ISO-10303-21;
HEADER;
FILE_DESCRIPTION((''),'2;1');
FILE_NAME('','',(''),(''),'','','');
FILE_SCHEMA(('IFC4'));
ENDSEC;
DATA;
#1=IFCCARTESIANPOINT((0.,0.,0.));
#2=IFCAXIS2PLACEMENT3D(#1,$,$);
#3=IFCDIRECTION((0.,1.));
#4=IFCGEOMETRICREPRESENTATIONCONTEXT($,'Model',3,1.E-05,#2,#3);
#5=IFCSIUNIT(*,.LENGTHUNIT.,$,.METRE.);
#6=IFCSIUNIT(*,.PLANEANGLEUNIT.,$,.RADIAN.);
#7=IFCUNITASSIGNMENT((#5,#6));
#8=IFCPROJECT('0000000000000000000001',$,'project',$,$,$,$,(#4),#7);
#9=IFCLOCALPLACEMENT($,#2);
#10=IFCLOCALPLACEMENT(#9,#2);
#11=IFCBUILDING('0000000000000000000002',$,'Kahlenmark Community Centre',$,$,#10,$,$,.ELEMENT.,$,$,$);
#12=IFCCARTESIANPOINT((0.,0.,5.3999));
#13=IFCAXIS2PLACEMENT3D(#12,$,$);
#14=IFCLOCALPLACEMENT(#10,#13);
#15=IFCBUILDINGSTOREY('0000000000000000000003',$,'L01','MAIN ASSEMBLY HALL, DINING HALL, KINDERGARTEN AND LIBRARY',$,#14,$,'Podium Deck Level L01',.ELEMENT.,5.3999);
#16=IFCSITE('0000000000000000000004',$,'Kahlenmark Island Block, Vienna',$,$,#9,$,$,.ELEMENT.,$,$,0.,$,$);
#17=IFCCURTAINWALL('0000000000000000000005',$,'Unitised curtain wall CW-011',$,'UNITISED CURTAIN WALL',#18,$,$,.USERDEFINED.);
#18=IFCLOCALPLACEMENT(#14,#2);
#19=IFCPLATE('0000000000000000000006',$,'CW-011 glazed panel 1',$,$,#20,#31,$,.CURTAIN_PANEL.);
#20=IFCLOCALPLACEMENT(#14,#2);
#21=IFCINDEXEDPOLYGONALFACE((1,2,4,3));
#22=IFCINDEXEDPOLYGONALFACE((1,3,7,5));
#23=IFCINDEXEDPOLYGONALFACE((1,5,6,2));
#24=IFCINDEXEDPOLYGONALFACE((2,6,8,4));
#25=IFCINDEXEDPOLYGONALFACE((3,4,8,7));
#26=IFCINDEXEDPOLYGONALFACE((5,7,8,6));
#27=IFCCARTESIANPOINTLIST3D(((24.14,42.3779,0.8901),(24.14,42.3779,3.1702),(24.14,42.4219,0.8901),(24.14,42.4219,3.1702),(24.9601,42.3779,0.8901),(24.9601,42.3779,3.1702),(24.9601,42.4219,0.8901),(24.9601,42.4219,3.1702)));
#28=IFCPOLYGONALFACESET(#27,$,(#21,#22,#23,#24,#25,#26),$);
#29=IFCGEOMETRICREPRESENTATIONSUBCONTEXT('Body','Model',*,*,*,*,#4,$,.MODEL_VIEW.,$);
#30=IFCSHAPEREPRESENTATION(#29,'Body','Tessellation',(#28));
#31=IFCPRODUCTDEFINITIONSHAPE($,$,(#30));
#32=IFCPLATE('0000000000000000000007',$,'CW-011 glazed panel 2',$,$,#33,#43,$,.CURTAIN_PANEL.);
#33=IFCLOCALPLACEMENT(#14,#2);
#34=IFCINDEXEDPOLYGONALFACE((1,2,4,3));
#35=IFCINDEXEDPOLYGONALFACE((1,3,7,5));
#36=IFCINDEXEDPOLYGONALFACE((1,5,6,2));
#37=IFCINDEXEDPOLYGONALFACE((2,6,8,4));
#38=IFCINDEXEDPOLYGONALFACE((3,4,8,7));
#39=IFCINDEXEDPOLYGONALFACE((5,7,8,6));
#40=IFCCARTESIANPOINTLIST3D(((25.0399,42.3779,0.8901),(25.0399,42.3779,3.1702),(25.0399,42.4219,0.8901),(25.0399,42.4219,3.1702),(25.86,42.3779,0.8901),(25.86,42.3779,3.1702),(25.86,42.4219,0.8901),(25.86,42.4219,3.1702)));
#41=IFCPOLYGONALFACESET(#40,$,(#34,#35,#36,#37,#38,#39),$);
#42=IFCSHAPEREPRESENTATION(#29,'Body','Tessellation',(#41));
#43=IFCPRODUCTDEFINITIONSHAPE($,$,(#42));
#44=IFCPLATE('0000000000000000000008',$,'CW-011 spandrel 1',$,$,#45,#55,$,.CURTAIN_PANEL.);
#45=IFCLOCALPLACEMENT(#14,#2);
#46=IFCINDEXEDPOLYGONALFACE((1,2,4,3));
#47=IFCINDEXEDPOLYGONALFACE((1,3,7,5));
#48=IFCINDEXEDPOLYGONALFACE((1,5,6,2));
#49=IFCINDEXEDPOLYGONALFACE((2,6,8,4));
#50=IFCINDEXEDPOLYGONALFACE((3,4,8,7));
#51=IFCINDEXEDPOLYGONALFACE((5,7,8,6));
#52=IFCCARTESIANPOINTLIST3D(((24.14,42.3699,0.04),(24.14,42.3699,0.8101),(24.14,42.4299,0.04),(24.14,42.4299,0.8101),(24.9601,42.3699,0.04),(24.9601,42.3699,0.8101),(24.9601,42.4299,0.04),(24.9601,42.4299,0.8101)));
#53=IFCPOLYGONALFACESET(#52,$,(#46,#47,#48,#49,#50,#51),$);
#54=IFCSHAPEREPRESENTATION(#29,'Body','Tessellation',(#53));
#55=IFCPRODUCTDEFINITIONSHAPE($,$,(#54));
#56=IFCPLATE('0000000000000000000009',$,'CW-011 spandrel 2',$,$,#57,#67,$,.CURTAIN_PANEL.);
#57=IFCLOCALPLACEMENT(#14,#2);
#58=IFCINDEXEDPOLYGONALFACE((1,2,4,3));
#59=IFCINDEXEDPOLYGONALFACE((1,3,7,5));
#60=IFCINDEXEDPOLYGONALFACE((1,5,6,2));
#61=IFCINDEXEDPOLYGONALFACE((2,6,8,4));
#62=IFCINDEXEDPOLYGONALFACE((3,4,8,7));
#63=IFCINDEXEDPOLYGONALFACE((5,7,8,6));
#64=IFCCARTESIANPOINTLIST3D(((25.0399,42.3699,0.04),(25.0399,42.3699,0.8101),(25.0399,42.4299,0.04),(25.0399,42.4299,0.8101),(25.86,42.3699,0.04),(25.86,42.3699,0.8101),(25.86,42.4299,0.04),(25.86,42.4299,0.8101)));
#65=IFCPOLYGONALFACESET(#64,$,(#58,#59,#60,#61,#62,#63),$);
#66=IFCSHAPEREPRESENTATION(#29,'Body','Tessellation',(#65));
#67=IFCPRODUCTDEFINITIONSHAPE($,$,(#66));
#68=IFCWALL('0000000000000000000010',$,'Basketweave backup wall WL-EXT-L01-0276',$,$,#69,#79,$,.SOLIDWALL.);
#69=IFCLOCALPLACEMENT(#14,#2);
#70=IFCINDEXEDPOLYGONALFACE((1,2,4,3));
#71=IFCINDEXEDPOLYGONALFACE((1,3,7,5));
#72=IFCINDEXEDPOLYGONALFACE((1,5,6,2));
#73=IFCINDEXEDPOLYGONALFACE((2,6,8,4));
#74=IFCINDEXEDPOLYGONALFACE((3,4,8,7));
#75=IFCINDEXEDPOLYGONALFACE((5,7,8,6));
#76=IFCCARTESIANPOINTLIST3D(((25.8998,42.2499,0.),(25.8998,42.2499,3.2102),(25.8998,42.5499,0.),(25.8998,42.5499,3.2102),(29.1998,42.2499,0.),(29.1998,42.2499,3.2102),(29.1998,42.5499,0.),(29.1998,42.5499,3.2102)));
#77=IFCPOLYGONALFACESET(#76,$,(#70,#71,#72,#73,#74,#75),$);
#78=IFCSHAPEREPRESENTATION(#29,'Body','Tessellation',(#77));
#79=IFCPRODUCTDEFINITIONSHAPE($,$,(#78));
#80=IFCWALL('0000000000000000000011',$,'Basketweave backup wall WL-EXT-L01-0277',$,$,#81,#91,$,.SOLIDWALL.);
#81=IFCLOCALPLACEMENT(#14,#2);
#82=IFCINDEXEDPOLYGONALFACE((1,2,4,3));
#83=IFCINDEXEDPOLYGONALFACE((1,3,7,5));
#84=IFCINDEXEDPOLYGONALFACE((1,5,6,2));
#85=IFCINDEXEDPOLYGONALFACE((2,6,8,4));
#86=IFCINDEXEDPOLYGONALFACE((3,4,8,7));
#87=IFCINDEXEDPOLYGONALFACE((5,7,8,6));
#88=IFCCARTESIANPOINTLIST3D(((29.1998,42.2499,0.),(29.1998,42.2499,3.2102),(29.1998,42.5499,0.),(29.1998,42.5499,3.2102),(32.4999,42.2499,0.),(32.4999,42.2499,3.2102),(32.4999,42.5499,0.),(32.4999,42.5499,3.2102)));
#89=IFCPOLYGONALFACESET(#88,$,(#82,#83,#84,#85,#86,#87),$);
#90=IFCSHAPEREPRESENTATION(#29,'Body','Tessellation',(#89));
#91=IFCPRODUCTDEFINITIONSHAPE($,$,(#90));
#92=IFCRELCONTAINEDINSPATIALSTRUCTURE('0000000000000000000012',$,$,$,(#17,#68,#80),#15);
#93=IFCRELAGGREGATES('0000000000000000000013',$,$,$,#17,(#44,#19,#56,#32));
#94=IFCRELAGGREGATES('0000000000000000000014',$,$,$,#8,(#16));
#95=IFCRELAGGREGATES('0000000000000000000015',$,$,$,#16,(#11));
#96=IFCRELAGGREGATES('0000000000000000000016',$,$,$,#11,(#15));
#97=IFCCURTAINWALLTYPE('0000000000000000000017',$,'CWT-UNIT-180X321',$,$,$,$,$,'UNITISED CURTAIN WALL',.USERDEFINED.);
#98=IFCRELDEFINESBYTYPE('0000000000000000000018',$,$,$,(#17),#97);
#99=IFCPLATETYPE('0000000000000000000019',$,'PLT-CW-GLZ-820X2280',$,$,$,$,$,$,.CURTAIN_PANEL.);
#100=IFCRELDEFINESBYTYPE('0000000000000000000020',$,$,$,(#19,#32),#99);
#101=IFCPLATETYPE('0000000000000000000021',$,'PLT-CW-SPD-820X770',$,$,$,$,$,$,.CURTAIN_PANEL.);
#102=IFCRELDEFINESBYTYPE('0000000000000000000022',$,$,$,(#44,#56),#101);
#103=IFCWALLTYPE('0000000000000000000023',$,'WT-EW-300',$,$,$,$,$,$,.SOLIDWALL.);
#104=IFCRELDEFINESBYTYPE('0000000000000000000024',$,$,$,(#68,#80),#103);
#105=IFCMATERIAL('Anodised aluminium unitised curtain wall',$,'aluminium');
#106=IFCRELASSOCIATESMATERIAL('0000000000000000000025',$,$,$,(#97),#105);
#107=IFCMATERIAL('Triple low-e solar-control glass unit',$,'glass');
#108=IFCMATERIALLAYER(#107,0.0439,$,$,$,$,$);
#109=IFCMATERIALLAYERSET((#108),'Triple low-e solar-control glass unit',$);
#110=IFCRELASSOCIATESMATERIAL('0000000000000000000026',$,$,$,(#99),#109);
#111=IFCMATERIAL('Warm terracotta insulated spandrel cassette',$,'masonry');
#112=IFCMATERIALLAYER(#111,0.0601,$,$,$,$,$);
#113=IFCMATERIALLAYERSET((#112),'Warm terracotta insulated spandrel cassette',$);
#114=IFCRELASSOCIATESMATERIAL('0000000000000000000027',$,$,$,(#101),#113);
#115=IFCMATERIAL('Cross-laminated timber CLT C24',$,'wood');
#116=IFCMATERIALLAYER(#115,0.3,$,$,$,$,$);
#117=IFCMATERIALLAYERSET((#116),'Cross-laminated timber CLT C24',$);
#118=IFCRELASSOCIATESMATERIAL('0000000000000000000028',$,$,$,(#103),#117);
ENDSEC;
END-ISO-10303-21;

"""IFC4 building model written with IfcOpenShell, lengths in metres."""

from ifc_helpers import new_model, si_unit, direction, frame, frame_2d, origin, origin_2d, place, context, subcontext, project, spatial, rectangle, extrude, material, layer, layer_set, type_object, element, aggregate, save


model = new_model("IFC4")

# Units and contexts
model_context = context("Model", 3, precision=1e-05, world=origin(), true_north=direction((0.0, 1.0)))
body_context = subcontext(model_context, "Body", "Model", "MODEL_VIEW")
ifc_project = project(units=[si_unit("LENGTHUNIT", "METRE"), si_unit("PLANEANGLEUNIT", "RADIAN")], contexts=[model_context])

# Site, building, storey
site_placement = place(None, origin())
site = spatial("IfcSite", under=ifc_project, at=site_placement, Name="Kahlenmark Island Block, Vienna", CompositionType="ELEMENT", RefElevation=0.0)
building_placement = place(site_placement, origin())
building = spatial("IfcBuilding", under=site, at=building_placement, Name="Kahlenmark Community Centre", CompositionType="ELEMENT")
storey_placement = place(building_placement, frame((0.0, 0.0, 5.3999)))
storey = spatial("IfcBuildingStorey", under=building, at=storey_placement, Name="L01", Description="MAIN ASSEMBLY HALL, DINING HALL, KINDERGARTEN AND LIBRARY", LongName="Podium Deck Level L01", CompositionType="ELEMENT", Elevation=5.3999)

# Curtain wall, plates
ifc_material_1 = material(Name="Anodised aluminium unitised curtain wall", Category="aluminium")
curtain_wall_type = type_object("IfcCurtainWallType", Name="CWT-UNIT-180X321", ElementType="UNITISED CURTAIN WALL", PredefinedType="USERDEFINED", material=ifc_material_1)
curtain_wall_placement = place(storey_placement, origin())
curtain_wall = element("IfcCurtainWall", 1, at=curtain_wall_placement, inside=storey, type_object=curtain_wall_type, Name="Unitised curtain wall CW-011", ObjectType="UNITISED CURTAIN WALL", PredefinedType="USERDEFINED")
ifc_material_2 = material(Name="Triple low-e solar-control glass unit", Category="glass")
ifc_layer_1 = layer(ifc_material_2, 0.0439)
ifc_layer_set_1 = layer_set([ifc_layer_1], Name="Triple low-e solar-control glass unit")
plate_type_1 = type_object("IfcPlateType", Name="PLT-CW-GLZ-820X2280", PredefinedType="CURTAIN_PANEL", material=ifc_layer_set_1)
plate_1_placement = place(storey_placement, frame((24.55, 42.3999, 0.8901), z_axis=(0.0, 0.0, 1.0), x_axis=(1.0, 0.0, 0.0)))
plate_1 = element("IfcPlate", 2, at=plate_1_placement, type_object=plate_type_1, Name="CW-011 glazed panel 1", PredefinedType="CURTAIN_PANEL", context=body_context, shape_type="SweptSolid", body=[
    extrude(rectangle(XDim=0.8201, YDim=0.0439, at=origin_2d()), origin(), (0.0, 0.0, 1.0), 2.28),
])
plate_2_placement = place(storey_placement, frame((25.45, 42.3999, 0.8901), z_axis=(0.0, 0.0, 1.0), x_axis=(1.0, 0.0, 0.0)))
plate_2 = element("IfcPlate", 3, at=plate_2_placement, type_object=plate_type_1, Name="CW-011 glazed panel 2", PredefinedType="CURTAIN_PANEL", context=body_context, shape_type="SweptSolid", body=[
    extrude(rectangle(XDim=0.8201, YDim=0.0439, at=origin_2d()), origin(), (0.0, 0.0, 1.0), 2.28),
])
ifc_material_3 = material(Name="Warm terracotta insulated spandrel cassette", Category="masonry")
ifc_layer_2 = layer(ifc_material_3, 0.0601)
ifc_layer_set_2 = layer_set([ifc_layer_2], Name="Warm terracotta insulated spandrel cassette")
plate_type_2 = type_object("IfcPlateType", Name="PLT-CW-SPD-820X770", PredefinedType="CURTAIN_PANEL", material=ifc_layer_set_2)
plate_3_placement = place(storey_placement, frame((24.55, 42.3999, 0.04), z_axis=(0.0, 0.0, 1.0), x_axis=(1.0, 0.0, 0.0)))
plate_3 = element("IfcPlate", 4, at=plate_3_placement, type_object=plate_type_2, Name="CW-011 spandrel 1", PredefinedType="CURTAIN_PANEL", context=body_context, shape_type="SweptSolid", body=[
    extrude(rectangle(XDim=0.8201, YDim=0.0601, at=origin_2d()), origin(), (0.0, 0.0, 1.0), 0.77),
])
plate_4_placement = place(storey_placement, frame((25.45, 42.3999, 0.04), z_axis=(0.0, 0.0, 1.0), x_axis=(1.0, 0.0, 0.0)))
plate_4 = element("IfcPlate", 5, at=plate_4_placement, type_object=plate_type_2, Name="CW-011 spandrel 2", PredefinedType="CURTAIN_PANEL", context=body_context, shape_type="SweptSolid", body=[
    extrude(rectangle(XDim=0.8201, YDim=0.0601, at=origin_2d()), origin(), (0.0, 0.0, 1.0), 0.77),
])
aggregate(curtain_wall, [plate_3, plate_1, plate_4, plate_2])

# Walls
ifc_material_4 = material(Name="Cross-laminated timber CLT C24", Category="wood")
ifc_layer_3 = layer(ifc_material_4, 0.3)
ifc_layer_set_3 = layer_set([ifc_layer_3], Name="Cross-laminated timber CLT C24")
wall_type = type_object("IfcWallType", Name="WT-EW-300", PredefinedType="SOLIDWALL", material=ifc_layer_set_3)
for number, where, z_axis, x_axis, name in (
    (6, (25.8999, 42.3999, 0.0), (0.0, 0.0, 1.0), (1.0, 0.0, 0.0), "Basketweave backup wall WL-EXT-L01-0276"),
    (7, (29.2, 42.3999, 0.0), (0.0, 0.0, 1.0), (1.0, 0.0, 0.0), "Basketweave backup wall WL-EXT-L01-0277"),
):
    element("IfcWall", number, at=place(storey_placement, frame(where, z_axis=z_axis, x_axis=x_axis)), inside=storey, type_object=wall_type, Name=name, PredefinedType="SOLIDWALL", context=body_context, shape_type="SweptSolid", body=[
        extrude(rectangle(XDim=3.3, YDim=0.3, at=frame_2d((1.6499, 0.0))), origin(), (0.0, 0.0, 1.0), 3.2102),
    ])

save(model, "model.ifc")
